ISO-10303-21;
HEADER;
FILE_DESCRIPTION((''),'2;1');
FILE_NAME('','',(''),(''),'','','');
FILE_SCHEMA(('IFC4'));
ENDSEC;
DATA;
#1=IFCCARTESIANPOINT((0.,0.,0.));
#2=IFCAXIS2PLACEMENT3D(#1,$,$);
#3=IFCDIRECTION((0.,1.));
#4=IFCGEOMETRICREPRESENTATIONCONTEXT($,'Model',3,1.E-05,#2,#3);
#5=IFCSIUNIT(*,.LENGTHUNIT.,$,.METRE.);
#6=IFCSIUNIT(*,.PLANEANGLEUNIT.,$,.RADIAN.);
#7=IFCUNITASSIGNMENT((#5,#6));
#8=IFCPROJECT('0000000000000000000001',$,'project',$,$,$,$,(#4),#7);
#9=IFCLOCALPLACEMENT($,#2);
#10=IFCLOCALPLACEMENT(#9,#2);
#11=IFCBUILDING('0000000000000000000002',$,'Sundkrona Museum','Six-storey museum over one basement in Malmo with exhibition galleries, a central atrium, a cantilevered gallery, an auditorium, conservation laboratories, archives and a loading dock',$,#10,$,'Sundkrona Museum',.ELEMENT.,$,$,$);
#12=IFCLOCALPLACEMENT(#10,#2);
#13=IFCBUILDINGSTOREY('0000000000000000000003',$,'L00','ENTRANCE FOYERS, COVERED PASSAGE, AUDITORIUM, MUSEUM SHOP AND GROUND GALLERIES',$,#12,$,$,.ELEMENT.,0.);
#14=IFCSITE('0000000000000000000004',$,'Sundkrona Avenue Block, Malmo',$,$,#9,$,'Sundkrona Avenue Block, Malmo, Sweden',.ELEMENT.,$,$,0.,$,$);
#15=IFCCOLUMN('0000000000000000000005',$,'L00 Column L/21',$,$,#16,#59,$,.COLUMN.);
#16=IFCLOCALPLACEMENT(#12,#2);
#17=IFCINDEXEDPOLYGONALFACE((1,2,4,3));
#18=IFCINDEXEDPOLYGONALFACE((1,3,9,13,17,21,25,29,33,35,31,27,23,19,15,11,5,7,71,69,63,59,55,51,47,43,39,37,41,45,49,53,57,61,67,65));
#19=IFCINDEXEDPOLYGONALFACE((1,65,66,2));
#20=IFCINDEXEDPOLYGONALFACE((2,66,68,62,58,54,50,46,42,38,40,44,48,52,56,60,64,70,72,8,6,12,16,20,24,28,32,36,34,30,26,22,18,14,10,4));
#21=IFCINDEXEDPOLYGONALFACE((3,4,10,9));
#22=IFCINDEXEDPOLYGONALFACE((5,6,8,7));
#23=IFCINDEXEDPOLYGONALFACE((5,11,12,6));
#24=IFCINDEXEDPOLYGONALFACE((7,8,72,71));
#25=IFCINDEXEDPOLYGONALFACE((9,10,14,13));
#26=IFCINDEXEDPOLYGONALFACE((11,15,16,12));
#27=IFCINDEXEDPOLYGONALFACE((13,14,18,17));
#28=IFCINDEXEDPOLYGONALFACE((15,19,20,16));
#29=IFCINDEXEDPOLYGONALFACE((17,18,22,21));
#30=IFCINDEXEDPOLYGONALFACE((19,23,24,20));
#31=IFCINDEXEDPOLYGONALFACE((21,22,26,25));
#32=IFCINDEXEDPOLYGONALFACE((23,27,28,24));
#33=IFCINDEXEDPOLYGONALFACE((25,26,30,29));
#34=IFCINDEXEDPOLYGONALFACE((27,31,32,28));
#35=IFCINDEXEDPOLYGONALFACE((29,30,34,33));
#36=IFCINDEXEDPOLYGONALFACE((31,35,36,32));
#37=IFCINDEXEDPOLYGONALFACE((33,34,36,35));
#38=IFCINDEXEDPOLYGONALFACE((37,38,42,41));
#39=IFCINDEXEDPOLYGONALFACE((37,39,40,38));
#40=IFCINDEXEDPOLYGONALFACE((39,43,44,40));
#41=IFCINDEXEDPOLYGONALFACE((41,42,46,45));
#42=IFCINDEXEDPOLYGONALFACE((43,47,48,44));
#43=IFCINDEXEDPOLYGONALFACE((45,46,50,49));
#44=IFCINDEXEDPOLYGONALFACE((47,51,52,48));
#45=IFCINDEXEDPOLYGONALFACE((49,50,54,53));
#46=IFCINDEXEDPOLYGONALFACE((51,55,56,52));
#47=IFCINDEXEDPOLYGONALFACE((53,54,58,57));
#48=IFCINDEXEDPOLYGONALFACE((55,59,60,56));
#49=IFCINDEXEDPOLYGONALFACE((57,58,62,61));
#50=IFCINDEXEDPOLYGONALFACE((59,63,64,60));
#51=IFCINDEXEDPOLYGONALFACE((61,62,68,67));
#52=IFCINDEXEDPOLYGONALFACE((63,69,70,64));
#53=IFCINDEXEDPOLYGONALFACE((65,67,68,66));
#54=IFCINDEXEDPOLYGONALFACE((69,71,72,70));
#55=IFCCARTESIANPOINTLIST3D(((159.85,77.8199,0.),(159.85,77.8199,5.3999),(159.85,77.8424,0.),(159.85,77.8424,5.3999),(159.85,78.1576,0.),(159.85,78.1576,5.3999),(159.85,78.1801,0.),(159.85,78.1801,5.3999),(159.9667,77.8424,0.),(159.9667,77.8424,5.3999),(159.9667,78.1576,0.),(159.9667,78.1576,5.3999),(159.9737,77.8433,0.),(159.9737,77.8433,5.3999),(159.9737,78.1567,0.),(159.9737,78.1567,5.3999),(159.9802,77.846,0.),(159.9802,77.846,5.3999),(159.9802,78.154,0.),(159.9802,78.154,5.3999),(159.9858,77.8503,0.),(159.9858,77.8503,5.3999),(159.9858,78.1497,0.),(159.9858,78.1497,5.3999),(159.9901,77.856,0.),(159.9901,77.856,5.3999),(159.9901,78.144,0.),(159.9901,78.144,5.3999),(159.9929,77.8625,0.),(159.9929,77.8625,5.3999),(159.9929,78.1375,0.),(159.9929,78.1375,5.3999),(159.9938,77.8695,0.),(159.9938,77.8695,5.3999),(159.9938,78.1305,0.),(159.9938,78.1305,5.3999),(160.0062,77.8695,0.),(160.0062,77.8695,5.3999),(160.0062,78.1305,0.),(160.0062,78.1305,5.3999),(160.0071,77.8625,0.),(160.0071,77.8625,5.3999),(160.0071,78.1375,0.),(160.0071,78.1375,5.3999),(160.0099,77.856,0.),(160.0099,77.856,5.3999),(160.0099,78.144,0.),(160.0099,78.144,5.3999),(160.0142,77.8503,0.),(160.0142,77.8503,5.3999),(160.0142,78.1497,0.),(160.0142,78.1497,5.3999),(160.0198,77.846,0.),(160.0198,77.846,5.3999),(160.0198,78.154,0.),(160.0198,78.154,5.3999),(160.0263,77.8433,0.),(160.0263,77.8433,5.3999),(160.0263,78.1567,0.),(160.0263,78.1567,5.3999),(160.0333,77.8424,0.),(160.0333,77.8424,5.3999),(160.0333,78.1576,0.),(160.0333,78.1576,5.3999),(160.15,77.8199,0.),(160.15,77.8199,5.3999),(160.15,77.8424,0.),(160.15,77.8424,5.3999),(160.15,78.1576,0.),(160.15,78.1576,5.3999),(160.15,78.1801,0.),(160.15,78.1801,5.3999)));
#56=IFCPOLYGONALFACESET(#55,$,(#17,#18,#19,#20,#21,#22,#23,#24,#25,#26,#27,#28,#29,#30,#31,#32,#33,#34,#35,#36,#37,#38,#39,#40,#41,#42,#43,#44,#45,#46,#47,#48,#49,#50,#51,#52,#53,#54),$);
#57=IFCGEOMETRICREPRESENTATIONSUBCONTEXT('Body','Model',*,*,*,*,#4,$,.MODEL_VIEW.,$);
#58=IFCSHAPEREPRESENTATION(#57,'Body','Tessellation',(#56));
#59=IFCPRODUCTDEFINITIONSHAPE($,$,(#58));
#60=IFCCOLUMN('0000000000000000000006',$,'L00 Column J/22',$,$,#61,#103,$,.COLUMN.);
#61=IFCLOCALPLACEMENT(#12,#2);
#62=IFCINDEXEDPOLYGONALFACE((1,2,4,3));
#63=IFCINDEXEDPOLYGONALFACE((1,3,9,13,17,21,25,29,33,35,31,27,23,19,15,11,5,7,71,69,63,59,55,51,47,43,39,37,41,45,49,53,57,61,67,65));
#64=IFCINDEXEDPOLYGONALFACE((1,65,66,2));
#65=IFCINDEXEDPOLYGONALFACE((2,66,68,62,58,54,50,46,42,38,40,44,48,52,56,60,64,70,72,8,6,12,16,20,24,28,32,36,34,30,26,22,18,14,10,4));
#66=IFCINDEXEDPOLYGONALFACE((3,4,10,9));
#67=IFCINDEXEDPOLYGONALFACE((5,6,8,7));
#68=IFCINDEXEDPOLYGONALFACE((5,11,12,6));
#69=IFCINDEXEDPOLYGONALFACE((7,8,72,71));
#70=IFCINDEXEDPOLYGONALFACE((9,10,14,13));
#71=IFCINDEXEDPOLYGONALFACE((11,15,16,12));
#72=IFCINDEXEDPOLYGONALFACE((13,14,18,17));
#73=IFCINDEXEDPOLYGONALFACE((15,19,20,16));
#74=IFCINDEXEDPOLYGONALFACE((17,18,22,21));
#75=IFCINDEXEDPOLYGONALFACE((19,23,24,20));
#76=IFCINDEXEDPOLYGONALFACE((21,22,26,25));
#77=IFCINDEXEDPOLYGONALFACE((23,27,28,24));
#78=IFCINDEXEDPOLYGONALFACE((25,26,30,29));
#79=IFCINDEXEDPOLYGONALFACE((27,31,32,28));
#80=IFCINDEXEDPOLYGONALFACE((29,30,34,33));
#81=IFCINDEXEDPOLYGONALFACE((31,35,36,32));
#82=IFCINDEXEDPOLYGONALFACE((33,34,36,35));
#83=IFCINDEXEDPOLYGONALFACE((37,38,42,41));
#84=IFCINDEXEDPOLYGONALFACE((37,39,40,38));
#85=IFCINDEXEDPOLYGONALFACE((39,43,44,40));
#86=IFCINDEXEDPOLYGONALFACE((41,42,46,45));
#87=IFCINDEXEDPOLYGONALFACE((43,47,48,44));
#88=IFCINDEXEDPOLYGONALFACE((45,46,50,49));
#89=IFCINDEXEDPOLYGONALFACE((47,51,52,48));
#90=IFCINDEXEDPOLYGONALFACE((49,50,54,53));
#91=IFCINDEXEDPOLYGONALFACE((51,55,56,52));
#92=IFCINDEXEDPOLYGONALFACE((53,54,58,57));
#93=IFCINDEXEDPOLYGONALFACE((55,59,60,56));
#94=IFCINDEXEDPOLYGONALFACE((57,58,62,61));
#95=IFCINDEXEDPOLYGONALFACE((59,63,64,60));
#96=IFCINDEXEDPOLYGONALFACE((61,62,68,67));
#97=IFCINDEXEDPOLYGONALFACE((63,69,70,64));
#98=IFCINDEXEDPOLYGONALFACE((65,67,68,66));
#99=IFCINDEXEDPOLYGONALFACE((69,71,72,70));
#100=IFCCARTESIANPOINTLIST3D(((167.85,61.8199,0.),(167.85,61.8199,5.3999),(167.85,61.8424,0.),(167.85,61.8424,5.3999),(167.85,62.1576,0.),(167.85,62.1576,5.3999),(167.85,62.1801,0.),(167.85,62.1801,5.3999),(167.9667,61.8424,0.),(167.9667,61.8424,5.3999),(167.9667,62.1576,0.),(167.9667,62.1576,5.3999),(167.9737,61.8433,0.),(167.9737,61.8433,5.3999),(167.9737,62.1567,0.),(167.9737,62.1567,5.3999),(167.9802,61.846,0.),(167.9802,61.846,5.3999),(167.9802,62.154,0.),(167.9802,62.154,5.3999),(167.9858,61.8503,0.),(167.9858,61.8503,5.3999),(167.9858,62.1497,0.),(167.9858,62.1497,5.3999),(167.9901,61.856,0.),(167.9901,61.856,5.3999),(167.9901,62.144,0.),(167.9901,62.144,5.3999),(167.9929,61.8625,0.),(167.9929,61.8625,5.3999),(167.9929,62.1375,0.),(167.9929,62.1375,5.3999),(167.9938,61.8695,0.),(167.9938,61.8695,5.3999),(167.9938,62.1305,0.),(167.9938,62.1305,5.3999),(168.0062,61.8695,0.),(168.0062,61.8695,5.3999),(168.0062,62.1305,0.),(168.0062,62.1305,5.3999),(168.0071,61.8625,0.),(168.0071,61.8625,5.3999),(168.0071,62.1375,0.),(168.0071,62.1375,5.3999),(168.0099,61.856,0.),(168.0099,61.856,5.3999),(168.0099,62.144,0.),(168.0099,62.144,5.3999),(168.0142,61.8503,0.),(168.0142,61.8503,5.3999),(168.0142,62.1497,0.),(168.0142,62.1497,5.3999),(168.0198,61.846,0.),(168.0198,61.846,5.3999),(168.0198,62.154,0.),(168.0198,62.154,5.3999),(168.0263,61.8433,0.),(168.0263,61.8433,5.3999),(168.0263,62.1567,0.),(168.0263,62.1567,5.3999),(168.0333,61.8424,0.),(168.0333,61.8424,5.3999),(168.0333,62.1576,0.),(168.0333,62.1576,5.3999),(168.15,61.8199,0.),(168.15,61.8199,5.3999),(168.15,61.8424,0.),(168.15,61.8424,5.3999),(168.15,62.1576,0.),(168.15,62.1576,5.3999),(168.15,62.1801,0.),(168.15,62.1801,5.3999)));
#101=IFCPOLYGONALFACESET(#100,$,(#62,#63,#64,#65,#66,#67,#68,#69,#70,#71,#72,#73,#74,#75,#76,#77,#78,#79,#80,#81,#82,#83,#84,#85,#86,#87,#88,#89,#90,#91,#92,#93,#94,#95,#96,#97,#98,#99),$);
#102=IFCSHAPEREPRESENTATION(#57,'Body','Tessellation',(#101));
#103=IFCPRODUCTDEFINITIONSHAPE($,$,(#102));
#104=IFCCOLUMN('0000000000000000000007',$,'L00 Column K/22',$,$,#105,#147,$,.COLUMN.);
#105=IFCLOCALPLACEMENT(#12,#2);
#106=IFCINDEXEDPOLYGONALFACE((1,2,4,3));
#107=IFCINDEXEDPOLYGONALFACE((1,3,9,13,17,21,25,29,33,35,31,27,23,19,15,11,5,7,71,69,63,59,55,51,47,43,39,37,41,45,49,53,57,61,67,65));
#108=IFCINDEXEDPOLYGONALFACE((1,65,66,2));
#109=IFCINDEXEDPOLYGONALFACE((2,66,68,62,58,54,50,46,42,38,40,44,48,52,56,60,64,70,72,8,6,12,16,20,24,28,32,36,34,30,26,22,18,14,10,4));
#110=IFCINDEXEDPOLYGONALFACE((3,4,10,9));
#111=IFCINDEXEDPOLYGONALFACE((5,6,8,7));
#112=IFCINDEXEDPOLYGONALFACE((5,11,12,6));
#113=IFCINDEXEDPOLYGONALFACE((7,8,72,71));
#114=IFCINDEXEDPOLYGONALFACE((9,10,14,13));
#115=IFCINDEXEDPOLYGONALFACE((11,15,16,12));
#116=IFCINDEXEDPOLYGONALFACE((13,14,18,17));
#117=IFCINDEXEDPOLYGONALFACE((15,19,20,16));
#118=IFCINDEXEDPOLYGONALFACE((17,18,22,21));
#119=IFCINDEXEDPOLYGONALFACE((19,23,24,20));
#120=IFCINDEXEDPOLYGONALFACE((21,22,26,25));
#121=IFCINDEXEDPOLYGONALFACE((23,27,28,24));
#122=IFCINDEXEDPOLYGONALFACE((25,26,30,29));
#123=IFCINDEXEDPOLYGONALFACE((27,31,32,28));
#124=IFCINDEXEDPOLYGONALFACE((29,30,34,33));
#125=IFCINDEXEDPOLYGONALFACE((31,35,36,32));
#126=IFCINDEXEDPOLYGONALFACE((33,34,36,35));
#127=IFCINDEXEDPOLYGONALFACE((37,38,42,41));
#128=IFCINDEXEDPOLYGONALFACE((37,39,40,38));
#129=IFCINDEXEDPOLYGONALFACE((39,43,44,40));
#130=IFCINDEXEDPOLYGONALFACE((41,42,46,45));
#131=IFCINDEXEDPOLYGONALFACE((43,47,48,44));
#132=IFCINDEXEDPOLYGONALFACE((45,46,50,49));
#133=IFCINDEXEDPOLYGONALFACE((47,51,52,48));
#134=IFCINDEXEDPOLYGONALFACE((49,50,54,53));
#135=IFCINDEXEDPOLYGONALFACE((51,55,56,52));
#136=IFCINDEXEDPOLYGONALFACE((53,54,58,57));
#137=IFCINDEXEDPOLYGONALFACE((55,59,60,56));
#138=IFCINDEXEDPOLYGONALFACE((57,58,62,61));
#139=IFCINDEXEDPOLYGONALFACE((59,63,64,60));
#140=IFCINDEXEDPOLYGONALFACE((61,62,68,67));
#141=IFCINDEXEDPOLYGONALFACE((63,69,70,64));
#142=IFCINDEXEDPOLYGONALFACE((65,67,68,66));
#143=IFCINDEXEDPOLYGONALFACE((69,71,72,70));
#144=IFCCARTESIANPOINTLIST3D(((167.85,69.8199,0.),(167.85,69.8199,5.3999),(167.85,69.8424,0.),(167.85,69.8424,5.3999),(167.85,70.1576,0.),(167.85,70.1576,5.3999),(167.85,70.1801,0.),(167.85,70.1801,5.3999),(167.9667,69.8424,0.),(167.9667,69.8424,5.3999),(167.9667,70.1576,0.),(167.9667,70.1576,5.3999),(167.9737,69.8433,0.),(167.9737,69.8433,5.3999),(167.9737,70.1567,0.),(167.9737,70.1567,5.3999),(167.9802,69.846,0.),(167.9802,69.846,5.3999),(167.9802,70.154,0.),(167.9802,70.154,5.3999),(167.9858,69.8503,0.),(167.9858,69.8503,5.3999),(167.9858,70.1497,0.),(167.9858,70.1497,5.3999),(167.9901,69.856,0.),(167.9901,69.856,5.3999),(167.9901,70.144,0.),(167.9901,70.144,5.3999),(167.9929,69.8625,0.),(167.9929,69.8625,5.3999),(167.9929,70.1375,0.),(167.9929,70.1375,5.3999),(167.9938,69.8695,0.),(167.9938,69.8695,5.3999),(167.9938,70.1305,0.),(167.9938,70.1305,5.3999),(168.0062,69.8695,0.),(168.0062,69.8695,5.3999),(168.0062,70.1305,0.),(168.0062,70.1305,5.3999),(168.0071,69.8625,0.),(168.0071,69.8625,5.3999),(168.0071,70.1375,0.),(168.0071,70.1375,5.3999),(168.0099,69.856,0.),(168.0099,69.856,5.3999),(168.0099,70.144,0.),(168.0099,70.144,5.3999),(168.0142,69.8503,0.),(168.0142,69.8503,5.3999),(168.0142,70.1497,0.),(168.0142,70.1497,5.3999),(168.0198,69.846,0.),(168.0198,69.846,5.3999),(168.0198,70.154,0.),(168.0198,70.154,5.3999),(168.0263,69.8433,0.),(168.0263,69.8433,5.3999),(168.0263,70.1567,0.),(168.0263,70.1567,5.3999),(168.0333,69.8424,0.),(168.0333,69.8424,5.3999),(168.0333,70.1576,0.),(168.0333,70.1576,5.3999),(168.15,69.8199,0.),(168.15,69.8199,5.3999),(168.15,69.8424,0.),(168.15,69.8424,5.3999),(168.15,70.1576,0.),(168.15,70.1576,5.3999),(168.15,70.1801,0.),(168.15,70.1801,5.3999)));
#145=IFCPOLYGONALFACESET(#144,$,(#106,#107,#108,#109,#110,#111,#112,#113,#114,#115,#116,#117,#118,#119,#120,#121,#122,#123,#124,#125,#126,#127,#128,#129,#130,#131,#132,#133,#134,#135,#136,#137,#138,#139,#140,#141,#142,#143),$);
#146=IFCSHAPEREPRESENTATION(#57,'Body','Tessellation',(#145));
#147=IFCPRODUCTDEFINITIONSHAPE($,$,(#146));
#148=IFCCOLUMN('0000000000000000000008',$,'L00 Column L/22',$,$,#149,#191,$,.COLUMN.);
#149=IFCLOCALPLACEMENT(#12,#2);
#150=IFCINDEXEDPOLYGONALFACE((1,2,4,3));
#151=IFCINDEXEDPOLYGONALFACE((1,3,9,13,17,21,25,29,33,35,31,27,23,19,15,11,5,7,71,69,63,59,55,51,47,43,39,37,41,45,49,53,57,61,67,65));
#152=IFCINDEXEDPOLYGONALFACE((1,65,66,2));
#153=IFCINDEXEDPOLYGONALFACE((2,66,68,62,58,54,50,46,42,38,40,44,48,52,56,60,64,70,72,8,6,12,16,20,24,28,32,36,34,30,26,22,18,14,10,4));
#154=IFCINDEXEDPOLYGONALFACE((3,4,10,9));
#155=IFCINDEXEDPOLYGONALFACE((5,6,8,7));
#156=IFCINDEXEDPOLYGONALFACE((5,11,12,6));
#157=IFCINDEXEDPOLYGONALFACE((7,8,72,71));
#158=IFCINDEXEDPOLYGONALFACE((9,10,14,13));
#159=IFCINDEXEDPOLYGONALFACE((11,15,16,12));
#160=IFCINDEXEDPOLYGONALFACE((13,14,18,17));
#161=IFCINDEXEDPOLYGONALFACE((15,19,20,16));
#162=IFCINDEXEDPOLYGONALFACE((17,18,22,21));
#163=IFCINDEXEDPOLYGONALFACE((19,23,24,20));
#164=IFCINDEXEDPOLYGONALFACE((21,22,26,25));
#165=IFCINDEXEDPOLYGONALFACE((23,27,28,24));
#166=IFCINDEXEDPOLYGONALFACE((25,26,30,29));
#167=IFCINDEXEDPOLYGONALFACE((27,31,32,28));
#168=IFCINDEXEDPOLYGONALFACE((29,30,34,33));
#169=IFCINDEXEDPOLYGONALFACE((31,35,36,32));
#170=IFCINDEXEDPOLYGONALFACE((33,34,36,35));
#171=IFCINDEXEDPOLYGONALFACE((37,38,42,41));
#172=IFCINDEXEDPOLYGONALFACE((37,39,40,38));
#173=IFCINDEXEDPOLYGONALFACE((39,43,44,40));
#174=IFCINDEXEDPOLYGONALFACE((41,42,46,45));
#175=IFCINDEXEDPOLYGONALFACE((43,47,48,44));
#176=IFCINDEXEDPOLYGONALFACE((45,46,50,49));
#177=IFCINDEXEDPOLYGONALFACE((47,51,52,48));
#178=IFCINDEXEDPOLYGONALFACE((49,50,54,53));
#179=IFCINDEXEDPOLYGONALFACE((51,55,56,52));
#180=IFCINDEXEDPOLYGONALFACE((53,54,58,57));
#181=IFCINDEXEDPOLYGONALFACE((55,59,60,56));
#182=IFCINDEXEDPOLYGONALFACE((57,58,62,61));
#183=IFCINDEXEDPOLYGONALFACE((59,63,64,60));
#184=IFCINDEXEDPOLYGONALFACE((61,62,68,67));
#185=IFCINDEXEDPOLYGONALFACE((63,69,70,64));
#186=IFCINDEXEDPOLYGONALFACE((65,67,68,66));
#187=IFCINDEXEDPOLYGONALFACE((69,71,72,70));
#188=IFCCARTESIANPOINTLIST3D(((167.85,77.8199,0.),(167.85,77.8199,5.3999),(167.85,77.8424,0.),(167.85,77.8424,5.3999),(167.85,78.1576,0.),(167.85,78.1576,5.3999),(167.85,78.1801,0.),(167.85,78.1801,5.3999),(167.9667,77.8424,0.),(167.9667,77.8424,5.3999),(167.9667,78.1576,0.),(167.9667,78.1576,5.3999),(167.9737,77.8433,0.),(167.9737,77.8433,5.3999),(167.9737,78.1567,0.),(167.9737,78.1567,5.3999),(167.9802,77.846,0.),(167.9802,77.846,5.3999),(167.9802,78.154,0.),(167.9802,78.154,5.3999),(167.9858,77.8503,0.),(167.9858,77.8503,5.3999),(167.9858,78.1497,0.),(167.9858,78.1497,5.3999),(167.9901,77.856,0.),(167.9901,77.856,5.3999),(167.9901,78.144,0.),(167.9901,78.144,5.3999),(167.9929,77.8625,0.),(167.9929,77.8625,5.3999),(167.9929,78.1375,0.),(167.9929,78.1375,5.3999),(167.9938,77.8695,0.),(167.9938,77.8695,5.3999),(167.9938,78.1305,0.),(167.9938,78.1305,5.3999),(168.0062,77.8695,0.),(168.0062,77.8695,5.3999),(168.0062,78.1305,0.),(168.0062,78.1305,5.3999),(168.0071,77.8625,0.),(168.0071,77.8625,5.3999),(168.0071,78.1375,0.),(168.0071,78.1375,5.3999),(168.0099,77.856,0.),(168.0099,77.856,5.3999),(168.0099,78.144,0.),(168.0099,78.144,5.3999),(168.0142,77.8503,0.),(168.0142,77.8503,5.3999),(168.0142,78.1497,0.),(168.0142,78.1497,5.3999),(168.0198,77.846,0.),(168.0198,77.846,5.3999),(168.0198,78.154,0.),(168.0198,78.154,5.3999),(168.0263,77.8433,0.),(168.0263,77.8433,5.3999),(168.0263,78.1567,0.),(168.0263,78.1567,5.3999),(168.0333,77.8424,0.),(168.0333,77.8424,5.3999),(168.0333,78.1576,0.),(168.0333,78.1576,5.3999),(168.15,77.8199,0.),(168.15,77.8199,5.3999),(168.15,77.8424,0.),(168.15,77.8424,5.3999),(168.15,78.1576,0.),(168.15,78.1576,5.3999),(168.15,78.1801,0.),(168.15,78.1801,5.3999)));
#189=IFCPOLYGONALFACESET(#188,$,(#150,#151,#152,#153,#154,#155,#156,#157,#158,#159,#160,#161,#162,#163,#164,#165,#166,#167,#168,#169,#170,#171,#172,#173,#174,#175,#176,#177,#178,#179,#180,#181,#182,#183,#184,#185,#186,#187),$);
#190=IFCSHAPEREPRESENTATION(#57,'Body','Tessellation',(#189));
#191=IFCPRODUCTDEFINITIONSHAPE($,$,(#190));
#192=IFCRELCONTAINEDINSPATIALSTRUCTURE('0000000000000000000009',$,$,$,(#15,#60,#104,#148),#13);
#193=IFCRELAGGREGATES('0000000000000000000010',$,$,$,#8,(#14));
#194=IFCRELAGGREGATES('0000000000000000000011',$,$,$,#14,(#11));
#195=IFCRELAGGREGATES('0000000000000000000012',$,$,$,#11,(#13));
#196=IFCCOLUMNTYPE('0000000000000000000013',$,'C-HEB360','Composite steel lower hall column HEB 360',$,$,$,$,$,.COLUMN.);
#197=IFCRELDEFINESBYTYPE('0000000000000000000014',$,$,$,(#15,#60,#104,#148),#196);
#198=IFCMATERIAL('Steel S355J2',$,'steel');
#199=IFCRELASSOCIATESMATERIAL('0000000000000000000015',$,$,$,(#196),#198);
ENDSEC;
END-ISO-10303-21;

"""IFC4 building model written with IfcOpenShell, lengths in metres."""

from ifc_helpers import new_model, si_unit, direction, frame, origin, origin_2d, place, context, subcontext, project, spatial, i_section, extrude, material, material_profile, profile_set, type_object, element, save


model = new_model("IFC4")

# Units and contexts
model_context = context("Model", 3, precision=1e-05, world=origin(), true_north=direction((0.0, 1.0)))
body_context = subcontext(model_context, "Body", "Model", "MODEL_VIEW")
ifc_project = project(units=[si_unit("LENGTHUNIT", "METRE"), si_unit("PLANEANGLEUNIT", "RADIAN")], contexts=[model_context])

# Site, building, storey
site_placement = place(None, origin())
site = spatial("IfcSite", under=ifc_project, at=site_placement, Name="Sundkrona Avenue Block, Malmo", LongName="Sundkrona Avenue Block, Malmo, Sweden", CompositionType="ELEMENT", RefElevation=0.0)
building_placement = place(site_placement, origin())
building = spatial("IfcBuilding", under=site, at=building_placement, Name="Sundkrona Museum", Description="Six-storey museum over one basement in Malmo with exhibition galleries, a central atrium, a cantilevered gallery, an auditorium, conservation laboratories, archives and a loading dock", LongName="Sundkrona Museum", CompositionType="ELEMENT")
storey_placement = place(building_placement, origin())
storey = spatial("IfcBuildingStorey", under=building, at=storey_placement, Name="L00", Description="ENTRANCE FOYERS, COVERED PASSAGE, AUDITORIUM, MUSEUM SHOP AND GROUND GALLERIES", CompositionType="ELEMENT", Elevation=0.0)

# Columns
ifc_material_1 = material(Name="Steel S355J2", Category="steel")
ifc_material_profile_1 = material_profile(ifc_material_1, i_section(OverallWidth=0.3, OverallDepth=0.3601, WebThickness=0.0125, FlangeThickness=0.0225, FilletRadius=0.0271, at=origin_2d()), Name="HEB 360")
ifc_profile_set_1 = profile_set([ifc_material_profile_1], Name="Steel S355J2")
column_type = type_object("IfcColumnType", Name="C-HEB360", Description="Composite steel lower hall column HEB 360", PredefinedType="COLUMN", material=ifc_profile_set_1)
for number, where, z_axis, x_axis, name in (
    (1, (160.0, 78.0, 0.0), (0.0, 0.0, 1.0), (1.0, 0.0, 0.0), "L00 Column L/21"),
    (2, (168.0, 62.0, 0.0), (0.0, 0.0, 1.0), (1.0, 0.0, 0.0), "L00 Column J/22"),
    (3, (168.0, 70.0, 0.0), (0.0, 0.0, 1.0), (1.0, 0.0, 0.0), "L00 Column K/22"),
    (4, (168.0, 78.0, 0.0), (0.0, 0.0, 1.0), (1.0, 0.0, 0.0), "L00 Column L/22"),
):
    element("IfcColumn", number, at=place(storey_placement, frame(where, z_axis=z_axis, x_axis=x_axis)), inside=storey, type_object=column_type, Name=name, PredefinedType="COLUMN", context=body_context, shape_type="SweptSolid", body=[
        extrude(i_section(OverallWidth=0.3, OverallDepth=0.3601, WebThickness=0.0125, FlangeThickness=0.0225, FilletRadius=0.0271, at=origin_2d()), origin(), (0.0, 0.0, 1.0), 5.3999),
    ])

save(model, "model.ifc")
